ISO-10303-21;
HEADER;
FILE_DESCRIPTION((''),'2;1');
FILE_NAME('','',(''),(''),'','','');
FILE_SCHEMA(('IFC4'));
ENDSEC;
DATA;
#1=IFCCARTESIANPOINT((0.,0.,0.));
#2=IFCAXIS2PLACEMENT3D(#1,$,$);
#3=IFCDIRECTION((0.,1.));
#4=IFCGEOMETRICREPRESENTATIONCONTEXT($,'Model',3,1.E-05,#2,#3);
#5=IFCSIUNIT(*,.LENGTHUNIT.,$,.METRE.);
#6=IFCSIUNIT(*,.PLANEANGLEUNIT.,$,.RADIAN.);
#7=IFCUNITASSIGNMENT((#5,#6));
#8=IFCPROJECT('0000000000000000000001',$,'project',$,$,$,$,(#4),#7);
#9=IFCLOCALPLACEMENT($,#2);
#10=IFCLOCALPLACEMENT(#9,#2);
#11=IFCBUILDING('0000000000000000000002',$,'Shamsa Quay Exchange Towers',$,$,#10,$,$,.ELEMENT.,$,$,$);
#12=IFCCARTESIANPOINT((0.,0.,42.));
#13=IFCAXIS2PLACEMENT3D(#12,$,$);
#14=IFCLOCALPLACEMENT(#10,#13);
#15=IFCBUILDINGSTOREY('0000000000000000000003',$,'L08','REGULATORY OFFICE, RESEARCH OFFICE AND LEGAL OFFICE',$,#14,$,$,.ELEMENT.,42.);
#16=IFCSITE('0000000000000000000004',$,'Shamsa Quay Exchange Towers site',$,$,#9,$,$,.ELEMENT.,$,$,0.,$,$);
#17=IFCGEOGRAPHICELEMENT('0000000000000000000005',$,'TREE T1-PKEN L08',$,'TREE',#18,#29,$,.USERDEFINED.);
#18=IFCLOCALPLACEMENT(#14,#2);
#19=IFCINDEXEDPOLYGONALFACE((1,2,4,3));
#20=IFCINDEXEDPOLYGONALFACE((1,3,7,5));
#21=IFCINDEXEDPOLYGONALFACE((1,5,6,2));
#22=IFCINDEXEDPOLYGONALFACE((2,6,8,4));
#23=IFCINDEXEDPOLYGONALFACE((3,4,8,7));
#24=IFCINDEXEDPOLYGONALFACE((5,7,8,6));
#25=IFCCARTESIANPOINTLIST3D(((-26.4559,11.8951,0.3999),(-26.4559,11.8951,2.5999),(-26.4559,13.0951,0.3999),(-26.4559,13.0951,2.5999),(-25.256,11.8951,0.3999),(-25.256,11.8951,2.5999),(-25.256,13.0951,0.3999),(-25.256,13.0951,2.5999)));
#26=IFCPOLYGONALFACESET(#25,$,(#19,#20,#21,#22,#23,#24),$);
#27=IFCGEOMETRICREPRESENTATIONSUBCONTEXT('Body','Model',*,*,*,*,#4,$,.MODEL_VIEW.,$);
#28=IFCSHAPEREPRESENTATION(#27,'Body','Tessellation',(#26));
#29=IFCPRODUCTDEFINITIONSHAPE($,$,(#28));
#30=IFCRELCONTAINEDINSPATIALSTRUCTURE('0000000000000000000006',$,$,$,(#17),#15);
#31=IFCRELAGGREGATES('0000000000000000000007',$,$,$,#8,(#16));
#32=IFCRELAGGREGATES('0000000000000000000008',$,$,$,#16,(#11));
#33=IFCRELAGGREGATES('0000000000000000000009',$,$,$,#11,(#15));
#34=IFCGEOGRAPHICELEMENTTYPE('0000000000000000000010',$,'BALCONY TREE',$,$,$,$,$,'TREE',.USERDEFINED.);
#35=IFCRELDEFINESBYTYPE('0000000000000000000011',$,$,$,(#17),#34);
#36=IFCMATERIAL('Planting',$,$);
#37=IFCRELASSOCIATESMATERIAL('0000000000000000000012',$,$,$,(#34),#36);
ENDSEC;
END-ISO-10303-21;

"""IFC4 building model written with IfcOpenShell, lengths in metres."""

from ifc_helpers import new_model, si_unit, direction, frame, origin, origin_2d, place, context, subcontext, project, spatial, rectangle, extrude, material, type_object, element, save


model = new_model("IFC4")

# Units and contexts
model_context = context("Model", 3, precision=1e-05, world=origin(), true_north=direction((0.0, 1.0)))
body_context = subcontext(model_context, "Body", "Model", "MODEL_VIEW")
ifc_project = project(units=[si_unit("LENGTHUNIT", "METRE"), si_unit("PLANEANGLEUNIT", "RADIAN")], contexts=[model_context])

# Site, building, storey
site_placement = place(None, origin())
site = spatial("IfcSite", under=ifc_project, at=site_placement, Name="Shamsa Quay Exchange Towers site", CompositionType="ELEMENT", RefElevation=0.0)
building_placement = place(site_placement, origin())
building = spatial("IfcBuilding", under=site, at=building_placement, Name="Shamsa Quay Exchange Towers", CompositionType="ELEMENT")
storey_placement = place(building_placement, frame((0.0, 0.0, 42.0)))
storey = spatial("IfcBuildingStorey", under=building, at=storey_placement, Name="L08", Description="REGULATORY OFFICE, RESEARCH OFFICE AND LEGAL OFFICE", CompositionType="ELEMENT", Elevation=42.0)

# Geographic element
ifc_material_1 = material(Name="Planting")
geographic_element_type = type_object("IfcGeographicElementType", Name="BALCONY TREE", ElementType="TREE", PredefinedType="USERDEFINED", material=ifc_material_1)
geographic_element_placement = place(storey_placement, frame((-25.856, 12.4951, 0.3999), z_axis=(0.0, 0.0, 1.0), x_axis=(-1.0, 0.0, 0.0)))
element("IfcGeographicElement", 1, at=geographic_element_placement, inside=storey, type_object=geographic_element_type, Name="TREE T1-PKEN L08", ObjectType="TREE", PredefinedType="USERDEFINED", context=body_context, shape_type="SweptSolid", body=[
    extrude(rectangle(XDim=1.2, YDim=1.2, at=origin_2d()), origin(), (0.0, 0.0, 1.0), 2.2),
])

save(model, "model.ifc")
